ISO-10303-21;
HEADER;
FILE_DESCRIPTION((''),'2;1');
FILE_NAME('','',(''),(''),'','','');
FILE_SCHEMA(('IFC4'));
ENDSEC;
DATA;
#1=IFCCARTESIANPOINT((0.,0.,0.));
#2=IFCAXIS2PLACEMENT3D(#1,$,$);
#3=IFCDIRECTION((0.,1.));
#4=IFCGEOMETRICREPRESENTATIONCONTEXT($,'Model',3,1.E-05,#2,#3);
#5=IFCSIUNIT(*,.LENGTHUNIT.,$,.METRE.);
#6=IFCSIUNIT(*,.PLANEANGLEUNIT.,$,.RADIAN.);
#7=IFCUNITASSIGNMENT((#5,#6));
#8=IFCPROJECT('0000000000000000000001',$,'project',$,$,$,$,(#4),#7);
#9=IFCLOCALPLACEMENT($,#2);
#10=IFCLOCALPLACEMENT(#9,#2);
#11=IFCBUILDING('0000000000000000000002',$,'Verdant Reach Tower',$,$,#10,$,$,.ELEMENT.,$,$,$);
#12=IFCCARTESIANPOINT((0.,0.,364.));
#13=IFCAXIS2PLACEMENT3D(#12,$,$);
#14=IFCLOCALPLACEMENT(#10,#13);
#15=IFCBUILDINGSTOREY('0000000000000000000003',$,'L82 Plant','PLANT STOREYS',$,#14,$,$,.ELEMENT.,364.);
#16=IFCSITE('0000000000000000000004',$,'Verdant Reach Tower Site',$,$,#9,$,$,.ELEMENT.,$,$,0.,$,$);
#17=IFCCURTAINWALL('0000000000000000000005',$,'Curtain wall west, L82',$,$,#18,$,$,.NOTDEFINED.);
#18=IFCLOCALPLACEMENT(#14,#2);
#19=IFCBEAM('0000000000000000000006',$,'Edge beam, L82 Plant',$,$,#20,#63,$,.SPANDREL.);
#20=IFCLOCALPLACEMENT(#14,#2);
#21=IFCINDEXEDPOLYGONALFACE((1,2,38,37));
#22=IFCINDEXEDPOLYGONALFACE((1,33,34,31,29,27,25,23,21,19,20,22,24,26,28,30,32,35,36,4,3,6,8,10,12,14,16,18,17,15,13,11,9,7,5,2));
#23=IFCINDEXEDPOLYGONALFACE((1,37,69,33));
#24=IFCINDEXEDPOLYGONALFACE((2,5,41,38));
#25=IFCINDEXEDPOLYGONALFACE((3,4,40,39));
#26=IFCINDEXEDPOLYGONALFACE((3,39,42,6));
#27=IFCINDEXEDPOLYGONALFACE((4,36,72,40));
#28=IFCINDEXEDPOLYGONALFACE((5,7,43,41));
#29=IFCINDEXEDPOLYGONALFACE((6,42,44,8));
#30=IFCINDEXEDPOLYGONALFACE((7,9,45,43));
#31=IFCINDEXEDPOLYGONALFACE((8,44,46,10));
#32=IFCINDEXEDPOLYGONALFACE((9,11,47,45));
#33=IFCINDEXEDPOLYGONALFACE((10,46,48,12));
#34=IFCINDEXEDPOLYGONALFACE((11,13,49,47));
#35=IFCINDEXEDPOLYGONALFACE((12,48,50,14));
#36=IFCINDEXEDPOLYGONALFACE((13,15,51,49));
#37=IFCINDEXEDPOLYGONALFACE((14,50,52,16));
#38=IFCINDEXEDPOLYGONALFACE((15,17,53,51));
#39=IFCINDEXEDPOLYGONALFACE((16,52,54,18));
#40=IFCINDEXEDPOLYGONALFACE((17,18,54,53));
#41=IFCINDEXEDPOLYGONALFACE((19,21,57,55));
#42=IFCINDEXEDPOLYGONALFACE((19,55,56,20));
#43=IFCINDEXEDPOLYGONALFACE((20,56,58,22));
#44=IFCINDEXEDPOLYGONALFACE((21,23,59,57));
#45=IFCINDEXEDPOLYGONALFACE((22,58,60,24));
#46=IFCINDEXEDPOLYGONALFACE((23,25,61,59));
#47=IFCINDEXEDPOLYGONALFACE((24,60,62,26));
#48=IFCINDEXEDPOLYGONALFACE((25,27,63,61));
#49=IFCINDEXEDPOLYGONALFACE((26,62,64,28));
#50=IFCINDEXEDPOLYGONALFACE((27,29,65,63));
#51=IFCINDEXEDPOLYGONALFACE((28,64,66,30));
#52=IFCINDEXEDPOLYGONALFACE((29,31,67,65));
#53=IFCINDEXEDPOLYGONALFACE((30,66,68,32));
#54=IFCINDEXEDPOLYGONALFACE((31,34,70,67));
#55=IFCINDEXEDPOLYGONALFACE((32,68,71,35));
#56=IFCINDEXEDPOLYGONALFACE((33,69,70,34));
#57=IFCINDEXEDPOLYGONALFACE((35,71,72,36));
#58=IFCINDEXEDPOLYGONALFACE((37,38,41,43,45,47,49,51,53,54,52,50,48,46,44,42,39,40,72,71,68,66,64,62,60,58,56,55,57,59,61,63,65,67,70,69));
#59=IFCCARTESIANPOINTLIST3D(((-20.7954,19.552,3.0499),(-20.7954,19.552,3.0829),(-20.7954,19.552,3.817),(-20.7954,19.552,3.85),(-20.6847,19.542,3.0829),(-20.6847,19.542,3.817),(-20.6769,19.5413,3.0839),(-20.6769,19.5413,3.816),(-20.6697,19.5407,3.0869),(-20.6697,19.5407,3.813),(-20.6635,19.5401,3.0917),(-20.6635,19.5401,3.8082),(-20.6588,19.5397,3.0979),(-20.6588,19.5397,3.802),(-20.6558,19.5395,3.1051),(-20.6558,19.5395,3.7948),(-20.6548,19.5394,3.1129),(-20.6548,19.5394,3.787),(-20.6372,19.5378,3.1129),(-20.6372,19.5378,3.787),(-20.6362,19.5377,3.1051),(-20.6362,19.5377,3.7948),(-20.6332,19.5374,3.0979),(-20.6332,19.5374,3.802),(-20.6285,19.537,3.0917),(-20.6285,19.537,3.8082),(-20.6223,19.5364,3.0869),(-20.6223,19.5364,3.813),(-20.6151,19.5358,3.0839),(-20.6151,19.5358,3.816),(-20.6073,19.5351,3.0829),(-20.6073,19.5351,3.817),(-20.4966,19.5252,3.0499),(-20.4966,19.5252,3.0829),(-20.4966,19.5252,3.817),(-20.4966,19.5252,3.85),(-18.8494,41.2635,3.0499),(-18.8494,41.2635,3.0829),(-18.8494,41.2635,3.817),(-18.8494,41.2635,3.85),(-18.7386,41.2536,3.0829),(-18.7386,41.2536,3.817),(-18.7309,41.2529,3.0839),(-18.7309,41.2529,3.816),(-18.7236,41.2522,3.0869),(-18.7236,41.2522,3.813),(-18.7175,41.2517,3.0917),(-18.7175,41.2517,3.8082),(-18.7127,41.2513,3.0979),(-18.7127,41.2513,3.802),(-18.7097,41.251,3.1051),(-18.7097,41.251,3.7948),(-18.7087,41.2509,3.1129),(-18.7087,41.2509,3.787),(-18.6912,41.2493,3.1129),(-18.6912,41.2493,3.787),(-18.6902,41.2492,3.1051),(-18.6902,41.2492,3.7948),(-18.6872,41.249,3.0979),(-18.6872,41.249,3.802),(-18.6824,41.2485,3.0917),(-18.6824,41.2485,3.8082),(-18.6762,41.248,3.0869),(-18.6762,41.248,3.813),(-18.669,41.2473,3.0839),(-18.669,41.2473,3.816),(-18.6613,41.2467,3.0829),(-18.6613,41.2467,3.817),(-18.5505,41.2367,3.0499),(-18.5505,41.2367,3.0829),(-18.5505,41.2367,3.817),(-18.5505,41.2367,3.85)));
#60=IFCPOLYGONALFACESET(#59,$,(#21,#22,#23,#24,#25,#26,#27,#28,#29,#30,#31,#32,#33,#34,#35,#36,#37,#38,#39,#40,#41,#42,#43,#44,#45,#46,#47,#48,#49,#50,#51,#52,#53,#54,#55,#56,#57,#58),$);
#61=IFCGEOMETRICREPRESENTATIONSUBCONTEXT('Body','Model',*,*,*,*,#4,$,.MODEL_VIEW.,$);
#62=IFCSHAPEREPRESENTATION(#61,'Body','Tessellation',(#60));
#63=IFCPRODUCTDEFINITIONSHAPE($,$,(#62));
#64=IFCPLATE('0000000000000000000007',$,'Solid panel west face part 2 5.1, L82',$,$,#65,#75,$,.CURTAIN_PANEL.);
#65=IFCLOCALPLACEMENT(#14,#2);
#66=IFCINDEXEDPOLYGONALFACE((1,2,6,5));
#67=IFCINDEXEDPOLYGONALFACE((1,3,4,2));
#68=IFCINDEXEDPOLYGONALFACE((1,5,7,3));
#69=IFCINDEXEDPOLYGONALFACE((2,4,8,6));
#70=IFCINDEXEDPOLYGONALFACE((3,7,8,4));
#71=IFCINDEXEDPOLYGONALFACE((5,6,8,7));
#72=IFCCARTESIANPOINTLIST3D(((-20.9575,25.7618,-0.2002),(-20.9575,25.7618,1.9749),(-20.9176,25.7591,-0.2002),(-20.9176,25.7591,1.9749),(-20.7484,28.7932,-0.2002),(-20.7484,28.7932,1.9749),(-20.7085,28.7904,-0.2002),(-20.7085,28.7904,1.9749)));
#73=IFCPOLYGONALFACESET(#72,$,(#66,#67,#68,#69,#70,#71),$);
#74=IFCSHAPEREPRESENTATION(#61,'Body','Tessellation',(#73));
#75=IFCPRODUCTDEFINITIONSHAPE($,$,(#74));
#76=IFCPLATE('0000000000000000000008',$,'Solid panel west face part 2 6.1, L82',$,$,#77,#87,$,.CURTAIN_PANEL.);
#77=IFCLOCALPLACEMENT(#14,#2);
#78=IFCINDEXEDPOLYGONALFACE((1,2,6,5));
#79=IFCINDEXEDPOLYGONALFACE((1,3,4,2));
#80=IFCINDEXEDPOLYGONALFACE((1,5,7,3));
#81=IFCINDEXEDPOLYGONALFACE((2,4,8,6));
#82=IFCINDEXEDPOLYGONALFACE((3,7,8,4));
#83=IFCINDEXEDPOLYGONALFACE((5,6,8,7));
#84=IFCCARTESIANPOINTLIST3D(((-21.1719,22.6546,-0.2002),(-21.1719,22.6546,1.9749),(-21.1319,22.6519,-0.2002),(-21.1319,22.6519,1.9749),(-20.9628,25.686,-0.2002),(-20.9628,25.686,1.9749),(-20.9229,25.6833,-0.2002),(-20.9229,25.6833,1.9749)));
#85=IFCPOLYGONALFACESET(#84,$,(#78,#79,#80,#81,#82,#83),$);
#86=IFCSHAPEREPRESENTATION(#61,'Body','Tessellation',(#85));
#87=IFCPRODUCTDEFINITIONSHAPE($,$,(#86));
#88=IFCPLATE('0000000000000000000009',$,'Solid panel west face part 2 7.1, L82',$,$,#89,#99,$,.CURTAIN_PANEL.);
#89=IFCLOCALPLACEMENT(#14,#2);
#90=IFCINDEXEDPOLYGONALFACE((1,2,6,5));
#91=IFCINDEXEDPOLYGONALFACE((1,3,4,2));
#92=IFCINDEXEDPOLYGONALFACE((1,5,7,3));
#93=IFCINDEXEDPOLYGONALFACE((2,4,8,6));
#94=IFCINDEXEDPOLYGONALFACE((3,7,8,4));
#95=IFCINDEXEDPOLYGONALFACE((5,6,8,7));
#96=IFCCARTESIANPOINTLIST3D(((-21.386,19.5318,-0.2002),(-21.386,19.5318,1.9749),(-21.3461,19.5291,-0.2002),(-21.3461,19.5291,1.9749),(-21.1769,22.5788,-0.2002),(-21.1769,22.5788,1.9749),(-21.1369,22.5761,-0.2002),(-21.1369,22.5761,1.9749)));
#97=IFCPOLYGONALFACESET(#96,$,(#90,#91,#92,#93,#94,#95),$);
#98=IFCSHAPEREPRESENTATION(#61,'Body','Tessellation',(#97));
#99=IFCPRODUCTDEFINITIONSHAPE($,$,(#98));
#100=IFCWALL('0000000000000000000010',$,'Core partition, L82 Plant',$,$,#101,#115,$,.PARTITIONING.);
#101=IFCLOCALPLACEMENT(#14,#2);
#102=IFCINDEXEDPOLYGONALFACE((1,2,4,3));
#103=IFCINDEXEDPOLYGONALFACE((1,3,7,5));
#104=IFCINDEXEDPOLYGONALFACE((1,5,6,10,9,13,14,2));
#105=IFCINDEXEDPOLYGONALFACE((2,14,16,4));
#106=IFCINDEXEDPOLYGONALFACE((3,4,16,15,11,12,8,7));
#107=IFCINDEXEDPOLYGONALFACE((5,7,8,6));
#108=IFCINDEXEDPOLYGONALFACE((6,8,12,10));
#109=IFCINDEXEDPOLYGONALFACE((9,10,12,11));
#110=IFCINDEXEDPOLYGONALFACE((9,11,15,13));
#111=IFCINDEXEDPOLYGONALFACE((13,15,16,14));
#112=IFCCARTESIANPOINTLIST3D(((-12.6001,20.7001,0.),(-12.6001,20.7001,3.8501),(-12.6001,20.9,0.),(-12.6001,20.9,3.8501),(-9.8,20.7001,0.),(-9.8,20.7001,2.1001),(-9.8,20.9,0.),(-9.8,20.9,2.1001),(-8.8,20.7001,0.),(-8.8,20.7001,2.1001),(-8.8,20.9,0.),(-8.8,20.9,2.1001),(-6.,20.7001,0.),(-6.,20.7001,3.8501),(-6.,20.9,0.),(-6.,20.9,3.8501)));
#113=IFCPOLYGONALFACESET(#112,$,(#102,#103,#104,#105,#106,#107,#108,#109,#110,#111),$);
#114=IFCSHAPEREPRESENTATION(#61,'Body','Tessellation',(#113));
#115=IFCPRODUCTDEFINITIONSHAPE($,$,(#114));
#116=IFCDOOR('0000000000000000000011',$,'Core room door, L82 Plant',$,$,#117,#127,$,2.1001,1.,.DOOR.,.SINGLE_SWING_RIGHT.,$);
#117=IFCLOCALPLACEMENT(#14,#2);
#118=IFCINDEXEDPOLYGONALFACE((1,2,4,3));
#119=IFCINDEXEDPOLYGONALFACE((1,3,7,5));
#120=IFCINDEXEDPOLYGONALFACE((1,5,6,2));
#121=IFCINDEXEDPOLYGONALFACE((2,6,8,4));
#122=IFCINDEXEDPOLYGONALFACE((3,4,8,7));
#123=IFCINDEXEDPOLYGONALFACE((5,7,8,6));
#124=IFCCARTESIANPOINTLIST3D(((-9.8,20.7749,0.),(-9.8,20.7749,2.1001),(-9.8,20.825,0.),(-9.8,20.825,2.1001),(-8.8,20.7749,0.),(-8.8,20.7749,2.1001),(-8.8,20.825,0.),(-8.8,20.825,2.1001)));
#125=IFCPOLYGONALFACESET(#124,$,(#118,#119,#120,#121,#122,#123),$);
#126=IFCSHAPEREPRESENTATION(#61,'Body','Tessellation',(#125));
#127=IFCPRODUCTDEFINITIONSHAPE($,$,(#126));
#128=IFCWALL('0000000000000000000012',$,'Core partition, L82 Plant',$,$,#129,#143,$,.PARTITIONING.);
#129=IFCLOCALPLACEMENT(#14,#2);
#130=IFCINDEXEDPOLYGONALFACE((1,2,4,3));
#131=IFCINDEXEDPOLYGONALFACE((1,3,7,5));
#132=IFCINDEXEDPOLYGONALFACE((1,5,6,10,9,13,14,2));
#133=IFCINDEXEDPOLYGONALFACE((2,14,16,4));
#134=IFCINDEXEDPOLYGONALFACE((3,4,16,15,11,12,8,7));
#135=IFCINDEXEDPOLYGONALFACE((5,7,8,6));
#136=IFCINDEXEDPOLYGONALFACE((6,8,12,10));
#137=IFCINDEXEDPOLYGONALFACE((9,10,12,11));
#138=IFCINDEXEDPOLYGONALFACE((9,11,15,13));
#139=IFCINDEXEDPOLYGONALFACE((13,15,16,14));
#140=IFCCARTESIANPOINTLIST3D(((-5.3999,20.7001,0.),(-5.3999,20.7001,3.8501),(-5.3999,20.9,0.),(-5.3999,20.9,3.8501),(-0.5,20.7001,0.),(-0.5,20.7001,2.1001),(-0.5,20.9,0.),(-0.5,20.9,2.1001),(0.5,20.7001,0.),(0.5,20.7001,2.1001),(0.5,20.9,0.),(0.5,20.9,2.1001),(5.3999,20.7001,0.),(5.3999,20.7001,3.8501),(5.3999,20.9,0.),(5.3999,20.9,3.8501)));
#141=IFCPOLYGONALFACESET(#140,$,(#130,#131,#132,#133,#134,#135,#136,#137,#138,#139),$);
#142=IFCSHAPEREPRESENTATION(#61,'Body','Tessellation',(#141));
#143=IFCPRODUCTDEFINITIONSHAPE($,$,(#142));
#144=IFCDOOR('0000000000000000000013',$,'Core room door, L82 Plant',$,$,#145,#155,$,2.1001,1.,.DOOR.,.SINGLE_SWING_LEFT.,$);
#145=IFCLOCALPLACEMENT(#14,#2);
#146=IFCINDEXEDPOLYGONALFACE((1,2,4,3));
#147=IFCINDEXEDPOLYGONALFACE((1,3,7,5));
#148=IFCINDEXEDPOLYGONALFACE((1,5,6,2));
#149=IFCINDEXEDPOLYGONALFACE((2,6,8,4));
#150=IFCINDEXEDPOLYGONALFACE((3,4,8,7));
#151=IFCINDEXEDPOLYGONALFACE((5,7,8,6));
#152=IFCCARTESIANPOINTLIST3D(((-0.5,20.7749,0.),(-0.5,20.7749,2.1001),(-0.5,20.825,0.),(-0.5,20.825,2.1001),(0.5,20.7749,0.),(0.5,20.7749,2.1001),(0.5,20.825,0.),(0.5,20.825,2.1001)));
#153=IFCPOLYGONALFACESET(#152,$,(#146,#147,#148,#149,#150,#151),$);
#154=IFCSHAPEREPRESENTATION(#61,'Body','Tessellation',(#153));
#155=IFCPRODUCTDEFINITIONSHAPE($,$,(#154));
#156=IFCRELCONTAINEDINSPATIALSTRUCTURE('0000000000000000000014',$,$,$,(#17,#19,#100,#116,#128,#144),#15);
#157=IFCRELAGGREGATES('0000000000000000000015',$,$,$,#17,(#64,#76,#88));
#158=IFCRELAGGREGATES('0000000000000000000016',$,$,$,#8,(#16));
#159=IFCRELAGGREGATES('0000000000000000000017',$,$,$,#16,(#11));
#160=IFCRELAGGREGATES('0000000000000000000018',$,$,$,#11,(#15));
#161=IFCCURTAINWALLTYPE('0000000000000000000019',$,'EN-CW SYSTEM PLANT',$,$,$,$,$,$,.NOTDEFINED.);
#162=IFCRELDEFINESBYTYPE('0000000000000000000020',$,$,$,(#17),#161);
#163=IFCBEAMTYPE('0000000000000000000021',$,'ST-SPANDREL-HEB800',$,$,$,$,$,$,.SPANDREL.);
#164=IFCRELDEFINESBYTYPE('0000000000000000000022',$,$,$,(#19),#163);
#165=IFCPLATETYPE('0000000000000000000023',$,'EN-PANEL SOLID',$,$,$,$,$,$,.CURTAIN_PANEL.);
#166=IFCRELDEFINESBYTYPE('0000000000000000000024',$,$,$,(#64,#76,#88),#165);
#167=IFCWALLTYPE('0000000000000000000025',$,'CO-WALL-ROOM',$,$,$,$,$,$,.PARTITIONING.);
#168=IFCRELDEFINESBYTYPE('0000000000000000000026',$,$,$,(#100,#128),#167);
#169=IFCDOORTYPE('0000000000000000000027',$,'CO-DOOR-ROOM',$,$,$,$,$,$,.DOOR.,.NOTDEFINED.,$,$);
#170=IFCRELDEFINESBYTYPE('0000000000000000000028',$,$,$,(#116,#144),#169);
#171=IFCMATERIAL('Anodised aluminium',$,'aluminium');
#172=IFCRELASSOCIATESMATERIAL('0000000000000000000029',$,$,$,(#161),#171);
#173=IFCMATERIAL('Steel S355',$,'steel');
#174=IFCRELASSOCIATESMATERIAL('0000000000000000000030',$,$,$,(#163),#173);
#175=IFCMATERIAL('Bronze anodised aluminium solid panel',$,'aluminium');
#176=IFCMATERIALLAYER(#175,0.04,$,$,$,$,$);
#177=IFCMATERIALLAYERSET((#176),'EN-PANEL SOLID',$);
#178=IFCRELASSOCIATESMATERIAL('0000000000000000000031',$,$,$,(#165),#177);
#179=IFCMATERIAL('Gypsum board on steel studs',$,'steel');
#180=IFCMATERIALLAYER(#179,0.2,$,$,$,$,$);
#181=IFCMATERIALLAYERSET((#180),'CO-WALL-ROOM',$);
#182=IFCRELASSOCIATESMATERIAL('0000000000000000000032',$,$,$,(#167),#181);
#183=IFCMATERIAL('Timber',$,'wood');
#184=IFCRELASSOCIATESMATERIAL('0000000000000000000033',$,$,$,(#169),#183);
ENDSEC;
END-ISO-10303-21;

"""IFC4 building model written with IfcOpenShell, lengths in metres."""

from ifc_helpers import new_model, si_unit, direction, frame, frame_2d, origin, origin_2d, place, context, subcontext, project, spatial, rectangle, i_section, extrude, material, layer, layer_set, material_profile, profile_set, type_object, element, fill, aggregate, save


model = new_model("IFC4")

# Units and contexts
model_context = context("Model", 3, precision=1e-05, world=origin(), true_north=direction((0.0, 1.0)))
body_context = subcontext(model_context, "Body", "Model", "MODEL_VIEW")
ifc_project = project(units=[si_unit("LENGTHUNIT", "METRE"), si_unit("PLANEANGLEUNIT", "RADIAN")], contexts=[model_context])

# Site, building, storey
site_placement = place(None, origin())
site = spatial("IfcSite", under=ifc_project, at=site_placement, Name="Verdant Reach Tower Site", CompositionType="ELEMENT", RefElevation=0.0)
building_placement = place(site_placement, origin())
building = spatial("IfcBuilding", under=site, at=building_placement, Name="Verdant Reach Tower", CompositionType="ELEMENT")
storey_placement = place(building_placement, frame((0.0, 0.0, 364.0)))
storey = spatial("IfcBuildingStorey", under=building, at=storey_placement, Name="L82 Plant", Description="PLANT STOREYS", CompositionType="ELEMENT", Elevation=364.0)

# Curtain wall
ifc_material_1 = material(Name="Anodised aluminium", Category="aluminium")
curtain_wall_type = type_object("IfcCurtainWallType", Name="EN-CW SYSTEM PLANT", PredefinedType="NOTDEFINED", material=ifc_material_1)
curtain_wall_1_placement = place(storey_placement, origin())
curtain_wall_1 = element("IfcCurtainWall", 1, at=curtain_wall_1_placement, inside=storey, type_object=curtain_wall_type, Name="Curtain wall west, L82", PredefinedType="NOTDEFINED")

# Beam
ifc_material_2 = material(Name="Steel S355", Category="steel")
ifc_material_profile_1 = material_profile(ifc_material_2, i_section(OverallWidth=0.3, OverallDepth=0.8, WebThickness=0.0176, FlangeThickness=0.033, FilletRadius=0.03, at=origin_2d()), Name="HEB 800")
ifc_profile_set_1 = profile_set([ifc_material_profile_1], Name="Steel S355")
beam_type_1 = type_object("IfcBeamType", Name="ST-SPANDREL-HEB800", PredefinedType="SPANDREL", material=ifc_profile_set_1)
beam_1_placement = place(storey_placement, frame((-20.646, 19.5386, 3.45), z_axis=(0.089274, 0.996007, 0.0), x_axis=(-0.996007, 0.089274, 0.0)))
element("IfcBeam", 2, at=beam_1_placement, inside=storey, type_object=beam_type_1, Name="Edge beam, L82 Plant", PredefinedType="SPANDREL", context=body_context, shape_type="SweptSolid", body=[
    extrude(i_section(OverallWidth=0.3, OverallDepth=0.8, WebThickness=0.0176, FlangeThickness=0.033, FilletRadius=0.03, at=origin_2d()), origin(), (0.0, 0.0, 1.0), 21.7986),
])

# Plates
ifc_material_3 = material(Name="Bronze anodised aluminium solid panel", Category="aluminium")
ifc_layer_1 = layer(ifc_material_3, 0.04)
ifc_layer_set_1 = layer_set([ifc_layer_1], Name="EN-PANEL SOLID")
plate_type = type_object("IfcPlateType", Name="EN-PANEL SOLID", PredefinedType="CURTAIN_PANEL", material=ifc_layer_set_1)
plate_1_placement = place(storey_placement, frame((-20.833, 27.2761, -0.2002), z_axis=(0.0, 0.0, 1.0), x_axis=(-0.068802, -0.99763, 0.0)))
plate_1 = element("IfcPlate", 3, at=plate_1_placement, type_object=plate_type, Name="Solid panel west face part 2 5.1, L82", PredefinedType="CURTAIN_PANEL", context=body_context, shape_type="SweptSolid", body=[
    extrude(rectangle(XDim=3.0386, YDim=0.04, at=origin_2d()), origin(), (0.0, 0.0, 1.0), 2.175),
])
plate_2_placement = place(storey_placement, frame((-21.0474, 24.1689, -0.2002), z_axis=(0.0, 0.0, 1.0), x_axis=(-0.068802, -0.99763, 0.0)))
plate_2 = element("IfcPlate", 4, at=plate_2_placement, type_object=plate_type, Name="Solid panel west face part 2 6.1, L82", PredefinedType="CURTAIN_PANEL", context=body_context, shape_type="SweptSolid", body=[
    extrude(rectangle(XDim=3.0386, YDim=0.04, at=origin_2d()), origin(), (0.0, 0.0, 1.0), 2.175),
])
plate_3_placement = place(storey_placement, frame((-21.2615, 21.054, -0.2002), z_axis=(0.0, 0.0, 1.0), x_axis=(-0.068469, -0.997653, 0.0)))
plate_3 = element("IfcPlate", 5, at=plate_3_placement, type_object=plate_type, Name="Solid panel west face part 2 7.1, L82", PredefinedType="CURTAIN_PANEL", context=body_context, shape_type="SweptSolid", body=[
    extrude(rectangle(XDim=3.0542, YDim=0.04, at=origin_2d()), origin(), (0.0, 0.0, 1.0), 2.175),
])

# Walls, openings, doors
ifc_material_4 = material(Name="Gypsum board on steel studs", Category="steel")
ifc_layer_2 = layer(ifc_material_4, 0.2)
ifc_layer_set_2 = layer_set([ifc_layer_2], Name="CO-WALL-ROOM")
wall_type_1 = type_object("IfcWallType", Name="CO-WALL-ROOM", PredefinedType="PARTITIONING", material=ifc_layer_set_2)
wall_1_placement = place(storey_placement, frame((-12.6001, 20.8, 0.0), z_axis=(0.0, 0.0, 1.0), x_axis=(1.0, 0.0, 0.0)))
wall_1 = element("IfcWall", 6, at=wall_1_placement, inside=storey, type_object=wall_type_1, Name="Core partition, L82 Plant", PredefinedType="PARTITIONING", context=body_context, shape_type="SweptSolid", body=[
    extrude(rectangle(XDim=6.6001, YDim=0.2, at=frame_2d((3.3, 0.0))), origin(), (0.0, 0.0, 1.0), 3.8501),
])
opening_1_placement = place(wall_1_placement, frame((2.8, 0.0, 0.0)))
opening_1 = element("IfcOpeningElement", 7, at=opening_1_placement, cuts=wall_1, PredefinedType="OPENING", context=body_context, shape_type="SweptSolid", body=[
    extrude(rectangle(XDim=1.0, YDim=2.1001, at=frame_2d((0.5, 1.05))), frame((0.0, 0.1099, 0.0), z_axis=(0.0, -1.0, 0.0), x_axis=(1.0, 0.0, 0.0)), (0.0, 0.0, 1.0), 0.22),
])
ifc_material_5 = material(Name="Timber", Category="wood")
door_type_1 = type_object("IfcDoorType", Name="CO-DOOR-ROOM", OperationType="NOTDEFINED", PredefinedType="DOOR", material=ifc_material_5)
door_1_placement = place(opening_1_placement, origin())
door_1 = element("IfcDoor", 8, at=door_1_placement, inside=storey, type_object=door_type_1, Name="Core room door, L82 Plant", OperationType="SINGLE_SWING_RIGHT", OverallHeight=2.1001, OverallWidth=1.0, PredefinedType="DOOR", context=body_context, shape_type="SweptSolid", body=[
    extrude(rectangle(XDim=1.0, YDim=2.1001, at=frame_2d((0.5, 1.05))), frame((0.0, 0.0249, 0.0), z_axis=(0.0, -1.0, 0.0), x_axis=(1.0, 0.0, 0.0)), (0.0, 0.0, 1.0), 0.05),
])
fill(opening_1, door_1)
wall_2_placement = place(storey_placement, frame((-5.3999, 20.8, 0.0), z_axis=(0.0, 0.0, 1.0), x_axis=(1.0, 0.0, 0.0)))
wall_2 = element("IfcWall", 9, at=wall_2_placement, inside=storey, type_object=wall_type_1, Name="Core partition, L82 Plant", PredefinedType="PARTITIONING", context=body_context, shape_type="SweptSolid", body=[
    extrude(rectangle(XDim=10.7998, YDim=0.2, at=frame_2d((5.3999, 0.0))), origin(), (0.0, 0.0, 1.0), 3.8501),
])
opening_2_placement = place(wall_2_placement, frame((4.8999, 0.0, 0.0)))
opening_2 = element("IfcOpeningElement", 10, at=opening_2_placement, cuts=wall_2, PredefinedType="OPENING", context=body_context, shape_type="SweptSolid", body=[
    extrude(rectangle(XDim=1.0, YDim=2.1001, at=frame_2d((0.5, 1.05))), frame((0.0, 0.1099, 0.0), z_axis=(0.0, -1.0, 0.0), x_axis=(1.0, 0.0, 0.0)), (0.0, 0.0, 1.0), 0.22),
])
door_2_placement = place(opening_2_placement, origin())
door_2 = element("IfcDoor", 11, at=door_2_placement, inside=storey, type_object=door_type_1, Name="Core room door, L82 Plant", OperationType="SINGLE_SWING_LEFT", OverallHeight=2.1001, OverallWidth=1.0, PredefinedType="DOOR", context=body_context, shape_type="SweptSolid", body=[
    extrude(rectangle(XDim=1.0, YDim=2.1001, at=frame_2d((0.5, 1.05))), frame((0.0, 0.0249, 0.0), z_axis=(0.0, -1.0, 0.0), x_axis=(1.0, 0.0, 0.0)), (0.0, 0.0, 1.0), 0.05),
])
fill(opening_2, door_2)

aggregate(curtain_wall_1, [plate_1, plate_2, plate_3])

save(model, "model.ifc")
